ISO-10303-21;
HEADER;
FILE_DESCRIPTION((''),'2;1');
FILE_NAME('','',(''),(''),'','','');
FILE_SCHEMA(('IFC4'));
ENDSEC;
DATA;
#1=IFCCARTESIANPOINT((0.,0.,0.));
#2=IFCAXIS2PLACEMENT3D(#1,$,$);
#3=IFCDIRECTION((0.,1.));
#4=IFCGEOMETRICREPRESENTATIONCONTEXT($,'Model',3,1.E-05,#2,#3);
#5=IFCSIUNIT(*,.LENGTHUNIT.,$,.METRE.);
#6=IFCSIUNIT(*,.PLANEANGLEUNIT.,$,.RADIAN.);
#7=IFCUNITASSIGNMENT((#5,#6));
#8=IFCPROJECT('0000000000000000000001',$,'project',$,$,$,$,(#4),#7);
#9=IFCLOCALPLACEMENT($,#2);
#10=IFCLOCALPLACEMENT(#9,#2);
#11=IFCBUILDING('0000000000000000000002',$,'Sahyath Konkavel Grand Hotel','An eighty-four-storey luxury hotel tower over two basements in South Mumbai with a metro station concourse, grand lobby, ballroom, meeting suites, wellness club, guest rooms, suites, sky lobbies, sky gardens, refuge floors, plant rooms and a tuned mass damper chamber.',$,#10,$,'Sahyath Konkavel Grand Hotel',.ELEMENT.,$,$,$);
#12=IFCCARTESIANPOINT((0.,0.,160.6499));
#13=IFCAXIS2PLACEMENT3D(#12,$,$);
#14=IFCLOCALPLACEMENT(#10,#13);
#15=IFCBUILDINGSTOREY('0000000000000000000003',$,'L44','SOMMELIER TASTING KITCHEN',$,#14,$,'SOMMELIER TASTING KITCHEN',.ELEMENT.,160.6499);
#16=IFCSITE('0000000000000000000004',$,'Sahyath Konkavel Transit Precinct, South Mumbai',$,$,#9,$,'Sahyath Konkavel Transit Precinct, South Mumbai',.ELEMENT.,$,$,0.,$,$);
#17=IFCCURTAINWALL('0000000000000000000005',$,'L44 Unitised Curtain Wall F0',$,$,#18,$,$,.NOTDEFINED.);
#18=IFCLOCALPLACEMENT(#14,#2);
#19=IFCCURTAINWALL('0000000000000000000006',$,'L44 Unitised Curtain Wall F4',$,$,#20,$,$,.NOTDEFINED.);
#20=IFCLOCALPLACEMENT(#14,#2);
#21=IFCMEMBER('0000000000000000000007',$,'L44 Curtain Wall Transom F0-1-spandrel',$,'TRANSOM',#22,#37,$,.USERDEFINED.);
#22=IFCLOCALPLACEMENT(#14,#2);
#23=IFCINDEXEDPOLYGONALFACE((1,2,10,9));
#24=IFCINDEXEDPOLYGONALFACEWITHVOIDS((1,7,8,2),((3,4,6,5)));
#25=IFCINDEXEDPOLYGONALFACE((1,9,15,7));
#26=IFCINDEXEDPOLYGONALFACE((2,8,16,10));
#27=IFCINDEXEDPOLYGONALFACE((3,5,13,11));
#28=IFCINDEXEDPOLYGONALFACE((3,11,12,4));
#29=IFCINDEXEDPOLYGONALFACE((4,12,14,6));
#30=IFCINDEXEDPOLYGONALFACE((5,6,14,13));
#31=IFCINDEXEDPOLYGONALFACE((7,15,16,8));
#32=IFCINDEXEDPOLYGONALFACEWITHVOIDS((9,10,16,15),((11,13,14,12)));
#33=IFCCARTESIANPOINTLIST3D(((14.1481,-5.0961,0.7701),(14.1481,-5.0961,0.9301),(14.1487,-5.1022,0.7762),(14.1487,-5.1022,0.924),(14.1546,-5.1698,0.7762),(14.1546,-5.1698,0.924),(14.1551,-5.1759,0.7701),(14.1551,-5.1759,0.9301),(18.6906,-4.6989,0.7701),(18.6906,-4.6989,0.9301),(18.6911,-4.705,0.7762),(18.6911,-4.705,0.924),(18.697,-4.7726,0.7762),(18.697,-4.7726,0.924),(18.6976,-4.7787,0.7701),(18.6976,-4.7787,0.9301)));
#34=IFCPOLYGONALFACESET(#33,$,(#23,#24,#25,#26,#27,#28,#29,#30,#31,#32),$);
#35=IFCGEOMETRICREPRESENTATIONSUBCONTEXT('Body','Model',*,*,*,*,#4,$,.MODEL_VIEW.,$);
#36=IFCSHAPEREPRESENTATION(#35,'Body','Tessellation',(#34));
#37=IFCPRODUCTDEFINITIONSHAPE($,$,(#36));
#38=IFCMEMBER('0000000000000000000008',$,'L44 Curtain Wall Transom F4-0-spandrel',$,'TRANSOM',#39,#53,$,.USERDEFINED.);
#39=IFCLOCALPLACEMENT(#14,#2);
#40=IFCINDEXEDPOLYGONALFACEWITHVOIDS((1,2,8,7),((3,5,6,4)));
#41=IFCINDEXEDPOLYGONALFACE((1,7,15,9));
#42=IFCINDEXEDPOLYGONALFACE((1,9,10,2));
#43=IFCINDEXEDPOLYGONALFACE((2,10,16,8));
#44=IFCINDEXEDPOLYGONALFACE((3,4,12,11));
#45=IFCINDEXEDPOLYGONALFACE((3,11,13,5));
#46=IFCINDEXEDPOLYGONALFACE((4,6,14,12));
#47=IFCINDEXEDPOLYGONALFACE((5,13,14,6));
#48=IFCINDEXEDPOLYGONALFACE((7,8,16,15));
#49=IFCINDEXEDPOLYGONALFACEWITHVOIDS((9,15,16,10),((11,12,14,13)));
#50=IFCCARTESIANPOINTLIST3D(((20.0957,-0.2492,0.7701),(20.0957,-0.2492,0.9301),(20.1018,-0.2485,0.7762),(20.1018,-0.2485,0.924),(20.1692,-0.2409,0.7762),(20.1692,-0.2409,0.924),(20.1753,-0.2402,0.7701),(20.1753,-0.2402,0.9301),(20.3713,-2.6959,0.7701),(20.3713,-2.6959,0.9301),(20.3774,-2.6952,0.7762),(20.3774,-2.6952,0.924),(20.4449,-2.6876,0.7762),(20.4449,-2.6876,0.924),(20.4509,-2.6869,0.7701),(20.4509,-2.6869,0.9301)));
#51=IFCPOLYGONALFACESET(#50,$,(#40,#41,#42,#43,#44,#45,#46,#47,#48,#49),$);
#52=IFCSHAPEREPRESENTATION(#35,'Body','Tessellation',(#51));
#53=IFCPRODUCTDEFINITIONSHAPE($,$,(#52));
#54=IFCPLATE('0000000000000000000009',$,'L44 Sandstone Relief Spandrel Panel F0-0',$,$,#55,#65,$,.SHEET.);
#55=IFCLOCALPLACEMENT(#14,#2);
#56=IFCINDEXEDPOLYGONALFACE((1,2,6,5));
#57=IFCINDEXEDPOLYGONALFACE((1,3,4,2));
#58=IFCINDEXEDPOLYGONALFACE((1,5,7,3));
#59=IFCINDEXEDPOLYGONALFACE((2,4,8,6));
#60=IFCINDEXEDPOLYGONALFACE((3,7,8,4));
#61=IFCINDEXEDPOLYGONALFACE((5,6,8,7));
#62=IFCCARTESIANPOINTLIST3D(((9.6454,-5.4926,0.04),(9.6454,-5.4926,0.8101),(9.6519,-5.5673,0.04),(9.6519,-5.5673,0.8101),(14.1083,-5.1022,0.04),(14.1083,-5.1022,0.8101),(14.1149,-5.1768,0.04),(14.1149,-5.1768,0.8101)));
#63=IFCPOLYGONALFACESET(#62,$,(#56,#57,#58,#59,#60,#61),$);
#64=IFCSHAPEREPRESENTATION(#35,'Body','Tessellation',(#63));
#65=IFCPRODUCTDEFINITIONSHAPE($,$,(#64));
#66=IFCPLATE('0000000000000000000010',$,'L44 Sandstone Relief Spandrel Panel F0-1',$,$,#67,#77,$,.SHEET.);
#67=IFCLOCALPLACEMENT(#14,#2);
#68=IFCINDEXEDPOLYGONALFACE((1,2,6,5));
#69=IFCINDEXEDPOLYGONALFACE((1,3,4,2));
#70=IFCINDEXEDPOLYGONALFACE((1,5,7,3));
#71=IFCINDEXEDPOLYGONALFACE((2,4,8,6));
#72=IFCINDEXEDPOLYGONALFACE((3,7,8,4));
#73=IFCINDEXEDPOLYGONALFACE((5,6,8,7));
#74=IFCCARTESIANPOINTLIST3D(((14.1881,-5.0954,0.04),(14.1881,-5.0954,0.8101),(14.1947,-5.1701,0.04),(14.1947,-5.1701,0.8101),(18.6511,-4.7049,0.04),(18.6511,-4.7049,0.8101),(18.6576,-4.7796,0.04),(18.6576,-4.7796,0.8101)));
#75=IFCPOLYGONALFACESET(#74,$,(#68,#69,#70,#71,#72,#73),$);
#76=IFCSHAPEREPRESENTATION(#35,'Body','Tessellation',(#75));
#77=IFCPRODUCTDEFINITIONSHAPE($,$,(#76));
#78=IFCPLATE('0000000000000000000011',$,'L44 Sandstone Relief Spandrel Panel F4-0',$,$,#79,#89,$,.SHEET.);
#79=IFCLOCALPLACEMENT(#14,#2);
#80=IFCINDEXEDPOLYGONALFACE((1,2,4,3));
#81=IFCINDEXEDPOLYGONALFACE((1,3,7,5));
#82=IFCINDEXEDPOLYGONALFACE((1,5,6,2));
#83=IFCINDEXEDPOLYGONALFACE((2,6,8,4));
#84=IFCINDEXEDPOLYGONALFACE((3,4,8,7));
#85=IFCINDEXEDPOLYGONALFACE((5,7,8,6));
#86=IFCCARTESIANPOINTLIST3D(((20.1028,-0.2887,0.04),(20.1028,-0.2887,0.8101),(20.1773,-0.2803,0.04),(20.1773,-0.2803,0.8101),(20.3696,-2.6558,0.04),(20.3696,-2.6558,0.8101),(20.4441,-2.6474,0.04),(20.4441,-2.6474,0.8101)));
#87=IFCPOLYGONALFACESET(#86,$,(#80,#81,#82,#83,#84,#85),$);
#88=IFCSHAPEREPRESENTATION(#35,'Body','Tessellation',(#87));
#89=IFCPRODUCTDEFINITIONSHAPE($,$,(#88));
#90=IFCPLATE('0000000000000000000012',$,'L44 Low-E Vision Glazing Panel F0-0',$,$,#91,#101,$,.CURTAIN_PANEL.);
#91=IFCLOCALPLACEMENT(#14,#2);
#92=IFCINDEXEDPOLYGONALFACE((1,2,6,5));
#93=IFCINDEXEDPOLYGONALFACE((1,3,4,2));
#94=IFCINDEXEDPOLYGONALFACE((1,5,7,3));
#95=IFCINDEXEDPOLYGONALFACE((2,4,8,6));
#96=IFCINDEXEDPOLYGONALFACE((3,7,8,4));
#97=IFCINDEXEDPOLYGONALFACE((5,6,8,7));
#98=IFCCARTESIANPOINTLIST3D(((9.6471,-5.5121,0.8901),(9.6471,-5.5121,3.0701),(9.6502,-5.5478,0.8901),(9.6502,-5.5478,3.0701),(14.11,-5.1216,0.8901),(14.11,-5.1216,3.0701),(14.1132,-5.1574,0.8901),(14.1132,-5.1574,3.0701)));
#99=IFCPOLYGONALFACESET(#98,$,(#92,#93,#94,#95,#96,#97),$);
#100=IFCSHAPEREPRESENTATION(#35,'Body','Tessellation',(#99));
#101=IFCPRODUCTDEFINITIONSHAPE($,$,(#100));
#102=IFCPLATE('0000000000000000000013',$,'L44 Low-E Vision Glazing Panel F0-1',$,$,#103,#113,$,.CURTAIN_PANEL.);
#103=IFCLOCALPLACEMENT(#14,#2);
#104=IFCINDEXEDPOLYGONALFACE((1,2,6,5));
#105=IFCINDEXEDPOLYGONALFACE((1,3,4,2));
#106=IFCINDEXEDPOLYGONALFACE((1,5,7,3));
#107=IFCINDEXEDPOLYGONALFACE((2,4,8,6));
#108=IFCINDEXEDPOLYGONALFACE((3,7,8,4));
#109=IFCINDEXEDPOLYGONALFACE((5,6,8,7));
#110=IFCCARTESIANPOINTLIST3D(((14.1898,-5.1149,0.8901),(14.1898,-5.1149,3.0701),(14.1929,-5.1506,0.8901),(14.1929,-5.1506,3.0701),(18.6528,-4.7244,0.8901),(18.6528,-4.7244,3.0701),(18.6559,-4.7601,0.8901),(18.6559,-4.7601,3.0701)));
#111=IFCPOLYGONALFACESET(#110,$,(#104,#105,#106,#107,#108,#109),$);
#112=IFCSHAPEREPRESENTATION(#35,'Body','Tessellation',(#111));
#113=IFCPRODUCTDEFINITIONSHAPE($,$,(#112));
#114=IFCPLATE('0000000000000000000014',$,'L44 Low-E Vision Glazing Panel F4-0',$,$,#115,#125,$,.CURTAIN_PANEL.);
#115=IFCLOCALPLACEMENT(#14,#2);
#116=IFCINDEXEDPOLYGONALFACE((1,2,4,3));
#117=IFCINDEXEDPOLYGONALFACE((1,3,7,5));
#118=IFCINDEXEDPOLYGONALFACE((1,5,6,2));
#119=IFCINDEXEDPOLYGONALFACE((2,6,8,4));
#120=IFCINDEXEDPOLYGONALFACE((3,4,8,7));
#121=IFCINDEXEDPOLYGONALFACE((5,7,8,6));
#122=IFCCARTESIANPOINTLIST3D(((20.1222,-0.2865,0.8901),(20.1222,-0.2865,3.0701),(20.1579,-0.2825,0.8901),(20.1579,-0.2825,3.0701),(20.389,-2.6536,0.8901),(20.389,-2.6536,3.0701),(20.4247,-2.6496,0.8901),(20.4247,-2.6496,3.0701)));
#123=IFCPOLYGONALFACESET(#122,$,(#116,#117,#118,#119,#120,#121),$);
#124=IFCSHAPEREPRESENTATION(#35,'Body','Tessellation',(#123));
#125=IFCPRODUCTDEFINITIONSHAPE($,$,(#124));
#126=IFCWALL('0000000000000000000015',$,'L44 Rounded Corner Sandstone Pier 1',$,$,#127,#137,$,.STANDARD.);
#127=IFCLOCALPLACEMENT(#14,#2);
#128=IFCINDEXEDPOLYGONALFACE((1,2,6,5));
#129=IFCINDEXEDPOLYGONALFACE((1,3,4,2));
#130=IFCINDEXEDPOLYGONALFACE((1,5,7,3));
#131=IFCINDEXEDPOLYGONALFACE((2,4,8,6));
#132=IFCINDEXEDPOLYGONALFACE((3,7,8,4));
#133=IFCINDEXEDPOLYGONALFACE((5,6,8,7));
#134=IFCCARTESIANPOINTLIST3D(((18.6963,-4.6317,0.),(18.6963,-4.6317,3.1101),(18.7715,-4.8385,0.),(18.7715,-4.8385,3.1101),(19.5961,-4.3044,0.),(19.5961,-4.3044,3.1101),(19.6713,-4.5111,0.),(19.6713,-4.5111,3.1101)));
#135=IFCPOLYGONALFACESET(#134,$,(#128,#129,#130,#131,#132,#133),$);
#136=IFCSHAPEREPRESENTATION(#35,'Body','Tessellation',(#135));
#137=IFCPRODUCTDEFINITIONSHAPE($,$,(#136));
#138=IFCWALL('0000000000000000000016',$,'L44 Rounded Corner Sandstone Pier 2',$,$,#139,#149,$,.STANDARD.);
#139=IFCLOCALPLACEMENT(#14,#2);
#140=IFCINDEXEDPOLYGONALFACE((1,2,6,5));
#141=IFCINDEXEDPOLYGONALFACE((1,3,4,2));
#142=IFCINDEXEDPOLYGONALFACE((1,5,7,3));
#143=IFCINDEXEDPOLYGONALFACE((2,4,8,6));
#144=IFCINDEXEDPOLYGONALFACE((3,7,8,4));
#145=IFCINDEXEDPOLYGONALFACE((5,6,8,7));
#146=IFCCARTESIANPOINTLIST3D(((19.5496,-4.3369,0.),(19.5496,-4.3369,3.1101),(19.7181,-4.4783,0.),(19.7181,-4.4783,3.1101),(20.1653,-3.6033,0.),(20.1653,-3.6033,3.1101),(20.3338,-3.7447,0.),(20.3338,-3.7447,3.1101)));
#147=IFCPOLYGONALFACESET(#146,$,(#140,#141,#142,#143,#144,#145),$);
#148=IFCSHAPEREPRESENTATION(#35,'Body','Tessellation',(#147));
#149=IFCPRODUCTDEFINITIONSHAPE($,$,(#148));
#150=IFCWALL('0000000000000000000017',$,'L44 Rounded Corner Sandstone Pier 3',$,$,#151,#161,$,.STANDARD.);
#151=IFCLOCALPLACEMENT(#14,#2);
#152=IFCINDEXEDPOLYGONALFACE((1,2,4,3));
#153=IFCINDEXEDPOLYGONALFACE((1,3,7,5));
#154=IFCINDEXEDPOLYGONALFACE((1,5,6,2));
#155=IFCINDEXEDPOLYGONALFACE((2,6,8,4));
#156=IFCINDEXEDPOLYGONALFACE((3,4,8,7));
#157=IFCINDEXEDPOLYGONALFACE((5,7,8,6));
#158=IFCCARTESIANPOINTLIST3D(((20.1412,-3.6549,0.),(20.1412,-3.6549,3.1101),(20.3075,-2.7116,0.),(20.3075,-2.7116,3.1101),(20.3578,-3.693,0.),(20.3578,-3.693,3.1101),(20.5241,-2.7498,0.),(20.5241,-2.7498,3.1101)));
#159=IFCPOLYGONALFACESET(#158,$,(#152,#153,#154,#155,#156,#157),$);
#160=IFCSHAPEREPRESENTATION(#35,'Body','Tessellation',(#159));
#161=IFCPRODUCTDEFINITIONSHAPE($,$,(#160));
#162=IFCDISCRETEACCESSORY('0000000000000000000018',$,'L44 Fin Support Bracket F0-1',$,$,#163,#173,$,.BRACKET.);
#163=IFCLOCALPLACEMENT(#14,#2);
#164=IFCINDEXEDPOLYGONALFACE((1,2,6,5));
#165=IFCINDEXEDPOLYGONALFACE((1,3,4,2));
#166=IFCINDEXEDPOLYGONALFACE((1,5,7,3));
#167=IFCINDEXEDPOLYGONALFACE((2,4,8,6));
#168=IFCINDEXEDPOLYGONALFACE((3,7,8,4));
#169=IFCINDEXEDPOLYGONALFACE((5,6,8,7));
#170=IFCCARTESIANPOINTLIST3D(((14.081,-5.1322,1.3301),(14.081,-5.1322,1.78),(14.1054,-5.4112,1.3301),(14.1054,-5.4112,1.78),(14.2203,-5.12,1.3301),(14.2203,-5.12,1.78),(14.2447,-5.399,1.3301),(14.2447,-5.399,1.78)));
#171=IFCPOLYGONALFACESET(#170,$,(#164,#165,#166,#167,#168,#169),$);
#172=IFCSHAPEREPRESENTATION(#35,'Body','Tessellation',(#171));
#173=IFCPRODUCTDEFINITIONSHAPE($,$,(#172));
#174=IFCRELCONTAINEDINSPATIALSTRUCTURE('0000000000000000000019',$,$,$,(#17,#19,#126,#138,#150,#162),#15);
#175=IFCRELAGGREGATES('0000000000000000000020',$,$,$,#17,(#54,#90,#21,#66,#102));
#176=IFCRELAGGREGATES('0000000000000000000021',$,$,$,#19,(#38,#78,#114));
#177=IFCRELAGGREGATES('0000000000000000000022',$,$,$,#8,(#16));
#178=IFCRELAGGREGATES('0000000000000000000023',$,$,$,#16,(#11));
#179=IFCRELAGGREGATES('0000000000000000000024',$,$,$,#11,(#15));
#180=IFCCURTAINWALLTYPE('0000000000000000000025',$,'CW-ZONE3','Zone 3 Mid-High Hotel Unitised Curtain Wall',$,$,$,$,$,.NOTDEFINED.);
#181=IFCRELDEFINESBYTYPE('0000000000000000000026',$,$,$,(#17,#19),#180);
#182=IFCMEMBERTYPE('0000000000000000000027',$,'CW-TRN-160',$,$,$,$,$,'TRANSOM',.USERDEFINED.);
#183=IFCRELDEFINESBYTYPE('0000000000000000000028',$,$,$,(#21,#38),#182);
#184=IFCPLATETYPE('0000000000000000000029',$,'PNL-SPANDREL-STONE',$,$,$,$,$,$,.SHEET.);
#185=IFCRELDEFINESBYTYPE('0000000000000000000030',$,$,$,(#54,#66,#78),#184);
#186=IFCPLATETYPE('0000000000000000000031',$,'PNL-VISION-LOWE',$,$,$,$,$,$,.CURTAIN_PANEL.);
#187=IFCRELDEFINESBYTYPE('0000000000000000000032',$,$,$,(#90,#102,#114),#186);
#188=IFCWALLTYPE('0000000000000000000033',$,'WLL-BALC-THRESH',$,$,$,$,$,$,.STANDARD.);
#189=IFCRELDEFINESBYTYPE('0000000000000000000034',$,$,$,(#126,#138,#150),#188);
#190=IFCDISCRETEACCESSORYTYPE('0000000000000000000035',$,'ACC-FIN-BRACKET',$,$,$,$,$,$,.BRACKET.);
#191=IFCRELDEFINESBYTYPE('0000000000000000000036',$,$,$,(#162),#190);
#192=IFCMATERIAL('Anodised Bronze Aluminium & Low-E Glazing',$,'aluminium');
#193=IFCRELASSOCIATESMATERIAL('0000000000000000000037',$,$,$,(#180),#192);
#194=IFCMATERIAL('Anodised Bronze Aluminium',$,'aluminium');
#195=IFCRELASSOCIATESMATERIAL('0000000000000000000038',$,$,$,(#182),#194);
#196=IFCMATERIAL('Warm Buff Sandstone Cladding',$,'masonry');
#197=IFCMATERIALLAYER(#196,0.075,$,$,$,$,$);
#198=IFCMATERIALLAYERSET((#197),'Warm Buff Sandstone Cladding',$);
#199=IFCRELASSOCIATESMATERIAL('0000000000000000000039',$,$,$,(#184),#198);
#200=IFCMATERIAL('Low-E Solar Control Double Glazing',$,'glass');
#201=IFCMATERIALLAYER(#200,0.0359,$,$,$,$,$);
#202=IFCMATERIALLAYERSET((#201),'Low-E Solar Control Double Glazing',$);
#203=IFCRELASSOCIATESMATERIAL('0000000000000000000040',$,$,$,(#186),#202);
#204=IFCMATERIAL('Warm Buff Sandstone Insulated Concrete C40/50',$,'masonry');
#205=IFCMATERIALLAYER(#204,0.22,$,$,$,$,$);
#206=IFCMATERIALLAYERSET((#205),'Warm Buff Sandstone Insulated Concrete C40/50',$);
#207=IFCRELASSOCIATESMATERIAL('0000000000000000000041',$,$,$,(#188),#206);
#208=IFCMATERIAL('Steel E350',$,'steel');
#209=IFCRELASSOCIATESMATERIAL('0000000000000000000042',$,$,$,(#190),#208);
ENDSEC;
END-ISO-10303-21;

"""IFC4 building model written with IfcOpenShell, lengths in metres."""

from ifc_helpers import new_model, si_unit, direction, frame, frame_2d, origin, origin_2d, place, context, subcontext, project, spatial, rectangle, hollow_rectangle, extrude, source, transform, mapped, material, layer, layer_set, material_profile, profile_set, type_object, element, aggregate, save


model = new_model("IFC4")

# Units and contexts
model_context = context("Model", 3, precision=1e-05, world=origin(), true_north=direction((0.0, 1.0)))
body_context = subcontext(model_context, "Body", "Model", "MODEL_VIEW")
ifc_project = project(units=[si_unit("LENGTHUNIT", "METRE"), si_unit("PLANEANGLEUNIT", "RADIAN")], contexts=[model_context])

# Site, building, storey
site_placement = place(None, origin())
site = spatial("IfcSite", under=ifc_project, at=site_placement, Name="Sahyath Konkavel Transit Precinct, South Mumbai", LongName="Sahyath Konkavel Transit Precinct, South Mumbai", CompositionType="ELEMENT", RefElevation=0.0)
building_placement = place(site_placement, origin())
building = spatial("IfcBuilding", under=site, at=building_placement, Name="Sahyath Konkavel Grand Hotel", Description="An eighty-four-storey luxury hotel tower over two basements in South Mumbai with a metro station concourse, grand lobby, ballroom, meeting suites, wellness club, guest rooms, suites, sky lobbies, sky gardens, refuge floors, plant rooms and a tuned mass damper chamber.", LongName="Sahyath Konkavel Grand Hotel", CompositionType="ELEMENT")
storey_placement = place(building_placement, frame((0.0, 0.0, 160.6499)))
storey = spatial("IfcBuildingStorey", under=building, at=storey_placement, Name="L44", Description="SOMMELIER TASTING KITCHEN", LongName="SOMMELIER TASTING KITCHEN", CompositionType="ELEMENT", Elevation=160.6499)

# Shared definitions
ifc_material_1 = material(Name="Steel E350", Category="steel")

# Curtain wall
ifc_material_2 = material(Name="Anodised Bronze Aluminium & Low-E Glazing", Category="aluminium")
curtain_wall_type = type_object("IfcCurtainWallType", Name="CW-ZONE3", Description="Zone 3 Mid-High Hotel Unitised Curtain Wall", PredefinedType="NOTDEFINED", material=ifc_material_2)
curtain_wall_1_placement = place(storey_placement, origin())
curtain_wall_1 = element("IfcCurtainWall", 1, at=curtain_wall_1_placement, inside=storey, type_object=curtain_wall_type, Name="L44 Unitised Curtain Wall F0", PredefinedType="NOTDEFINED")
ifc_material_3 = material(Name="Anodised Bronze Aluminium", Category="aluminium")

# Curtain wall
curtain_wall_2_placement = place(storey_placement, origin())
curtain_wall_2 = element("IfcCurtainWall", 2, at=curtain_wall_2_placement, inside=storey, type_object=curtain_wall_type, Name="L44 Unitised Curtain Wall F4", PredefinedType="NOTDEFINED")

# Members
ifc_material_profile_1 = material_profile(ifc_material_3, hollow_rectangle(XDim=0.0801, YDim=0.1599, WallThickness=0.0061, at=origin_2d()), Name="RHS 160x80x6")
ifc_profile_set_1 = profile_set([ifc_material_profile_1], Name="Anodised Bronze Aluminium")
member_type_1 = type_object("IfcMemberType", Name="CW-TRN-160", ElementType="TRANSOM", PredefinedType="USERDEFINED", material=ifc_profile_set_1)
shared_shape_1 = source(origin(), body_context, "Body", "SweptSolid", [
    extrude(hollow_rectangle(XDim=0.0801, YDim=0.1599, WallThickness=0.0061, at=origin_2d()), origin(), (0.0, 0.0, 1.0), 4.5598),
])
member_1_placement = place(storey_placement, frame((14.1516, -5.136, 0.8501), z_axis=(0.996198, 0.087112, 0.0), x_axis=(-0.087112, 0.996198, 0.0)))
member_1 = element("IfcMember", 3, at=member_1_placement, type_object=member_type_1, Name="L44 Curtain Wall Transom F0-1-spandrel", ObjectType="TRANSOM", PredefinedType="USERDEFINED", context=body_context, shape_type="MappedRepresentation", body=[
    mapped(shared_shape_1, transform((0.0, 0.0, 0.0), scale=1.0)),
])
shared_shape_2 = source(origin(), body_context, "Body", "SweptSolid", [
    extrude(hollow_rectangle(XDim=0.0801, YDim=0.1599, WallThickness=0.0061, at=origin_2d()), origin(), (0.0, 0.0, 1.0), 2.4622),
])
member_2_placement = place(storey_placement, frame((20.4111, -2.6914, 0.8501), z_axis=(-0.111944, 0.993715, 0.0), x_axis=(-0.993715, -0.111944, 0.0)))
member_2 = element("IfcMember", 4, at=member_2_placement, type_object=member_type_1, Name="L44 Curtain Wall Transom F4-0-spandrel", ObjectType="TRANSOM", PredefinedType="USERDEFINED", context=body_context, shape_type="MappedRepresentation", body=[
    mapped(shared_shape_2, transform((0.0, 0.0, 0.0), scale=1.0)),
])

# Plates
ifc_material_4 = material(Name="Warm Buff Sandstone Cladding", Category="masonry")
ifc_layer_1 = layer(ifc_material_4, 0.075)
ifc_layer_set_1 = layer_set([ifc_layer_1], Name="Warm Buff Sandstone Cladding")
plate_type_1 = type_object("IfcPlateType", Name="PNL-SPANDREL-STONE", PredefinedType="SHEET", material=ifc_layer_set_1)
shared_shape_3 = source(origin(), body_context, "Body", "SweptSolid", [
    extrude(rectangle(XDim=4.48, YDim=0.075, at=origin_2d()), origin(), (0.0, 0.0, 1.0), 0.77),
])
plate_1_placement = place(storey_placement, frame((11.8801, -5.3347, 0.04), z_axis=(0.0, 0.0, 1.0), x_axis=(0.996195, 0.087156, 0.0)))
plate_1 = element("IfcPlate", 5, at=plate_1_placement, type_object=plate_type_1, Name="L44 Sandstone Relief Spandrel Panel F0-0", PredefinedType="SHEET", context=body_context, shape_type="MappedRepresentation", body=[
    mapped(shared_shape_3, transform((0.0, 0.0, 0.0), scale=1.0)),
])
plate_2_placement = place(storey_placement, frame((16.4229, -4.9375, 0.04), z_axis=(0.0, 0.0, 1.0), x_axis=(0.996195, 0.087156, 0.0)))
plate_2 = element("IfcPlate", 6, at=plate_2_placement, type_object=plate_type_1, Name="L44 Sandstone Relief Spandrel Panel F0-1", PredefinedType="SHEET", context=body_context, shape_type="MappedRepresentation", body=[
    mapped(shared_shape_3, transform((0.0, 0.0, 0.0), scale=1.0)),
])
shared_shape_4 = source(origin(), body_context, "Body", "SweptSolid", [
    extrude(rectangle(XDim=2.3821, YDim=0.075, at=origin_2d()), origin(), (0.0, 0.0, 1.0), 0.77),
])
plate_3_placement = place(storey_placement, frame((20.2734, -1.468, 0.04), z_axis=(0.0, 0.0, 1.0), x_axis=(-0.111989, 0.993709, 0.0)))
plate_3 = element("IfcPlate", 7, at=plate_3_placement, type_object=plate_type_1, Name="L44 Sandstone Relief Spandrel Panel F4-0", PredefinedType="SHEET", context=body_context, shape_type="MappedRepresentation", body=[
    mapped(shared_shape_4, transform((0.0, 0.0, 0.0), scale=1.0)),
])
ifc_material_5 = material(Name="Low-E Solar Control Double Glazing", Category="glass")
ifc_layer_2 = layer(ifc_material_5, 0.0359)
ifc_layer_set_2 = layer_set([ifc_layer_2], Name="Low-E Solar Control Double Glazing")
plate_type_2 = type_object("IfcPlateType", Name="PNL-VISION-LOWE", PredefinedType="CURTAIN_PANEL", material=ifc_layer_set_2)
shared_shape_5 = source(origin(), body_context, "Body", "SweptSolid", [
    extrude(rectangle(XDim=4.48, YDim=0.0359, at=origin_2d()), origin(), (0.0, 0.0, 1.0), 2.1799),
])
plate_4_placement = place(storey_placement, frame((11.8801, -5.3347, 0.8901), z_axis=(0.0, 0.0, 1.0), x_axis=(0.996195, 0.087156, 0.0)))
plate_4 = element("IfcPlate", 8, at=plate_4_placement, type_object=plate_type_2, Name="L44 Low-E Vision Glazing Panel F0-0", PredefinedType="CURTAIN_PANEL", context=body_context, shape_type="MappedRepresentation", body=[
    mapped(shared_shape_5, transform((0.0, 0.0, 0.0), scale=1.0)),
])
plate_5_placement = place(storey_placement, frame((16.4229, -4.9375, 0.8901), z_axis=(0.0, 0.0, 1.0), x_axis=(0.996195, 0.087156, 0.0)))
plate_5 = element("IfcPlate", 9, at=plate_5_placement, type_object=plate_type_2, Name="L44 Low-E Vision Glazing Panel F0-1", PredefinedType="CURTAIN_PANEL", context=body_context, shape_type="MappedRepresentation", body=[
    mapped(shared_shape_5, transform((0.0, 0.0, 0.0), scale=1.0)),
])
aggregate(curtain_wall_1, [plate_1, plate_4, member_1, plate_2, plate_5])
shared_shape_6 = source(origin(), body_context, "Body", "SweptSolid", [
    extrude(rectangle(XDim=2.3821, YDim=0.0359, at=origin_2d()), origin(), (0.0, 0.0, 1.0), 2.1799),
])
plate_6_placement = place(storey_placement, frame((20.2734, -1.468, 0.8901), z_axis=(0.0, 0.0, 1.0), x_axis=(-0.111989, 0.993709, 0.0)))
plate_6 = element("IfcPlate", 10, at=plate_6_placement, type_object=plate_type_2, Name="L44 Low-E Vision Glazing Panel F4-0", PredefinedType="CURTAIN_PANEL", context=body_context, shape_type="MappedRepresentation", body=[
    mapped(shared_shape_6, transform((0.0, 0.0, 0.0), scale=1.0)),
])
aggregate(curtain_wall_2, [member_2, plate_3, plate_6])

# Walls
ifc_material_6 = material(Name="Warm Buff Sandstone Insulated Concrete C40/50", Category="masonry")
ifc_layer_3 = layer(ifc_material_6, 0.22)
ifc_layer_set_3 = layer_set([ifc_layer_3], Name="Warm Buff Sandstone Insulated Concrete C40/50")
wall_type = type_object("IfcWallType", Name="WLL-BALC-THRESH", PredefinedType="STANDARD", material=ifc_layer_set_3)
wall_placement = place(storey_placement, frame((18.7339, -4.7351, 0.0), z_axis=(0.0, 0.0, 1.0), x_axis=(0.939741, 0.341886, 0.0)))
element("IfcWall", 11, at=wall_placement, inside=storey, type_object=wall_type, Name="L44 Rounded Corner Sandstone Pier 1", PredefinedType="STANDARD", context=body_context, shape_type="SweptSolid", body=[
    extrude(rectangle(XDim=0.9575, YDim=0.22, at=frame_2d((0.4788, 0.0))), origin(), (0.0, 0.0, 1.0), 3.1101),
])
for number, where, z_axis, x_axis, name in (
    (12, (19.6338, -4.4077, 0.0), (0.0, 0.0, 1.0), (0.642863, 0.765981, 0.0), "L44 Rounded Corner Sandstone Pier 2"),
    (13, (20.2495, -3.6741, 0.0), (0.0, 0.0, 1.0), (0.173611, 0.984814, 0.0), "L44 Rounded Corner Sandstone Pier 3"),
):
    element("IfcWall", number, at=place(storey_placement, frame(where, z_axis=z_axis, x_axis=x_axis)), inside=storey, type_object=wall_type, Name=name, PredefinedType="STANDARD", context=body_context, shape_type="SweptSolid", body=[
        extrude(rectangle(XDim=0.9578, YDim=0.22, at=frame_2d((0.479, 0.0))), origin(), (0.0, 0.0, 1.0), 3.1101),
    ])

# Discrete accessory
discrete_accessory_type = type_object("IfcDiscreteAccessoryType", Name="ACC-FIN-BRACKET", PredefinedType="BRACKET", material=ifc_material_1)
shared_shape_7 = source(origin(), body_context, "Body", "SweptSolid", [
    extrude(rectangle(XDim=0.28, YDim=0.1399, at=origin_2d()), origin(), (0.0, 0.0, 1.0), 0.45),
])
discrete_accessory_placement = place(storey_placement, frame((14.1628, -5.2656, 1.3301), z_axis=(0.0, 0.0, 1.0), x_axis=(0.087156, -0.996195, 0.0)))
element("IfcDiscreteAccessory", 14, at=discrete_accessory_placement, inside=storey, type_object=discrete_accessory_type, Name="L44 Fin Support Bracket F0-1", PredefinedType="BRACKET", context=body_context, shape_type="MappedRepresentation", body=[
    mapped(shared_shape_7, transform((0.0, 0.0, 0.0), scale=1.0)),
])

save(model, "model.ifc")
